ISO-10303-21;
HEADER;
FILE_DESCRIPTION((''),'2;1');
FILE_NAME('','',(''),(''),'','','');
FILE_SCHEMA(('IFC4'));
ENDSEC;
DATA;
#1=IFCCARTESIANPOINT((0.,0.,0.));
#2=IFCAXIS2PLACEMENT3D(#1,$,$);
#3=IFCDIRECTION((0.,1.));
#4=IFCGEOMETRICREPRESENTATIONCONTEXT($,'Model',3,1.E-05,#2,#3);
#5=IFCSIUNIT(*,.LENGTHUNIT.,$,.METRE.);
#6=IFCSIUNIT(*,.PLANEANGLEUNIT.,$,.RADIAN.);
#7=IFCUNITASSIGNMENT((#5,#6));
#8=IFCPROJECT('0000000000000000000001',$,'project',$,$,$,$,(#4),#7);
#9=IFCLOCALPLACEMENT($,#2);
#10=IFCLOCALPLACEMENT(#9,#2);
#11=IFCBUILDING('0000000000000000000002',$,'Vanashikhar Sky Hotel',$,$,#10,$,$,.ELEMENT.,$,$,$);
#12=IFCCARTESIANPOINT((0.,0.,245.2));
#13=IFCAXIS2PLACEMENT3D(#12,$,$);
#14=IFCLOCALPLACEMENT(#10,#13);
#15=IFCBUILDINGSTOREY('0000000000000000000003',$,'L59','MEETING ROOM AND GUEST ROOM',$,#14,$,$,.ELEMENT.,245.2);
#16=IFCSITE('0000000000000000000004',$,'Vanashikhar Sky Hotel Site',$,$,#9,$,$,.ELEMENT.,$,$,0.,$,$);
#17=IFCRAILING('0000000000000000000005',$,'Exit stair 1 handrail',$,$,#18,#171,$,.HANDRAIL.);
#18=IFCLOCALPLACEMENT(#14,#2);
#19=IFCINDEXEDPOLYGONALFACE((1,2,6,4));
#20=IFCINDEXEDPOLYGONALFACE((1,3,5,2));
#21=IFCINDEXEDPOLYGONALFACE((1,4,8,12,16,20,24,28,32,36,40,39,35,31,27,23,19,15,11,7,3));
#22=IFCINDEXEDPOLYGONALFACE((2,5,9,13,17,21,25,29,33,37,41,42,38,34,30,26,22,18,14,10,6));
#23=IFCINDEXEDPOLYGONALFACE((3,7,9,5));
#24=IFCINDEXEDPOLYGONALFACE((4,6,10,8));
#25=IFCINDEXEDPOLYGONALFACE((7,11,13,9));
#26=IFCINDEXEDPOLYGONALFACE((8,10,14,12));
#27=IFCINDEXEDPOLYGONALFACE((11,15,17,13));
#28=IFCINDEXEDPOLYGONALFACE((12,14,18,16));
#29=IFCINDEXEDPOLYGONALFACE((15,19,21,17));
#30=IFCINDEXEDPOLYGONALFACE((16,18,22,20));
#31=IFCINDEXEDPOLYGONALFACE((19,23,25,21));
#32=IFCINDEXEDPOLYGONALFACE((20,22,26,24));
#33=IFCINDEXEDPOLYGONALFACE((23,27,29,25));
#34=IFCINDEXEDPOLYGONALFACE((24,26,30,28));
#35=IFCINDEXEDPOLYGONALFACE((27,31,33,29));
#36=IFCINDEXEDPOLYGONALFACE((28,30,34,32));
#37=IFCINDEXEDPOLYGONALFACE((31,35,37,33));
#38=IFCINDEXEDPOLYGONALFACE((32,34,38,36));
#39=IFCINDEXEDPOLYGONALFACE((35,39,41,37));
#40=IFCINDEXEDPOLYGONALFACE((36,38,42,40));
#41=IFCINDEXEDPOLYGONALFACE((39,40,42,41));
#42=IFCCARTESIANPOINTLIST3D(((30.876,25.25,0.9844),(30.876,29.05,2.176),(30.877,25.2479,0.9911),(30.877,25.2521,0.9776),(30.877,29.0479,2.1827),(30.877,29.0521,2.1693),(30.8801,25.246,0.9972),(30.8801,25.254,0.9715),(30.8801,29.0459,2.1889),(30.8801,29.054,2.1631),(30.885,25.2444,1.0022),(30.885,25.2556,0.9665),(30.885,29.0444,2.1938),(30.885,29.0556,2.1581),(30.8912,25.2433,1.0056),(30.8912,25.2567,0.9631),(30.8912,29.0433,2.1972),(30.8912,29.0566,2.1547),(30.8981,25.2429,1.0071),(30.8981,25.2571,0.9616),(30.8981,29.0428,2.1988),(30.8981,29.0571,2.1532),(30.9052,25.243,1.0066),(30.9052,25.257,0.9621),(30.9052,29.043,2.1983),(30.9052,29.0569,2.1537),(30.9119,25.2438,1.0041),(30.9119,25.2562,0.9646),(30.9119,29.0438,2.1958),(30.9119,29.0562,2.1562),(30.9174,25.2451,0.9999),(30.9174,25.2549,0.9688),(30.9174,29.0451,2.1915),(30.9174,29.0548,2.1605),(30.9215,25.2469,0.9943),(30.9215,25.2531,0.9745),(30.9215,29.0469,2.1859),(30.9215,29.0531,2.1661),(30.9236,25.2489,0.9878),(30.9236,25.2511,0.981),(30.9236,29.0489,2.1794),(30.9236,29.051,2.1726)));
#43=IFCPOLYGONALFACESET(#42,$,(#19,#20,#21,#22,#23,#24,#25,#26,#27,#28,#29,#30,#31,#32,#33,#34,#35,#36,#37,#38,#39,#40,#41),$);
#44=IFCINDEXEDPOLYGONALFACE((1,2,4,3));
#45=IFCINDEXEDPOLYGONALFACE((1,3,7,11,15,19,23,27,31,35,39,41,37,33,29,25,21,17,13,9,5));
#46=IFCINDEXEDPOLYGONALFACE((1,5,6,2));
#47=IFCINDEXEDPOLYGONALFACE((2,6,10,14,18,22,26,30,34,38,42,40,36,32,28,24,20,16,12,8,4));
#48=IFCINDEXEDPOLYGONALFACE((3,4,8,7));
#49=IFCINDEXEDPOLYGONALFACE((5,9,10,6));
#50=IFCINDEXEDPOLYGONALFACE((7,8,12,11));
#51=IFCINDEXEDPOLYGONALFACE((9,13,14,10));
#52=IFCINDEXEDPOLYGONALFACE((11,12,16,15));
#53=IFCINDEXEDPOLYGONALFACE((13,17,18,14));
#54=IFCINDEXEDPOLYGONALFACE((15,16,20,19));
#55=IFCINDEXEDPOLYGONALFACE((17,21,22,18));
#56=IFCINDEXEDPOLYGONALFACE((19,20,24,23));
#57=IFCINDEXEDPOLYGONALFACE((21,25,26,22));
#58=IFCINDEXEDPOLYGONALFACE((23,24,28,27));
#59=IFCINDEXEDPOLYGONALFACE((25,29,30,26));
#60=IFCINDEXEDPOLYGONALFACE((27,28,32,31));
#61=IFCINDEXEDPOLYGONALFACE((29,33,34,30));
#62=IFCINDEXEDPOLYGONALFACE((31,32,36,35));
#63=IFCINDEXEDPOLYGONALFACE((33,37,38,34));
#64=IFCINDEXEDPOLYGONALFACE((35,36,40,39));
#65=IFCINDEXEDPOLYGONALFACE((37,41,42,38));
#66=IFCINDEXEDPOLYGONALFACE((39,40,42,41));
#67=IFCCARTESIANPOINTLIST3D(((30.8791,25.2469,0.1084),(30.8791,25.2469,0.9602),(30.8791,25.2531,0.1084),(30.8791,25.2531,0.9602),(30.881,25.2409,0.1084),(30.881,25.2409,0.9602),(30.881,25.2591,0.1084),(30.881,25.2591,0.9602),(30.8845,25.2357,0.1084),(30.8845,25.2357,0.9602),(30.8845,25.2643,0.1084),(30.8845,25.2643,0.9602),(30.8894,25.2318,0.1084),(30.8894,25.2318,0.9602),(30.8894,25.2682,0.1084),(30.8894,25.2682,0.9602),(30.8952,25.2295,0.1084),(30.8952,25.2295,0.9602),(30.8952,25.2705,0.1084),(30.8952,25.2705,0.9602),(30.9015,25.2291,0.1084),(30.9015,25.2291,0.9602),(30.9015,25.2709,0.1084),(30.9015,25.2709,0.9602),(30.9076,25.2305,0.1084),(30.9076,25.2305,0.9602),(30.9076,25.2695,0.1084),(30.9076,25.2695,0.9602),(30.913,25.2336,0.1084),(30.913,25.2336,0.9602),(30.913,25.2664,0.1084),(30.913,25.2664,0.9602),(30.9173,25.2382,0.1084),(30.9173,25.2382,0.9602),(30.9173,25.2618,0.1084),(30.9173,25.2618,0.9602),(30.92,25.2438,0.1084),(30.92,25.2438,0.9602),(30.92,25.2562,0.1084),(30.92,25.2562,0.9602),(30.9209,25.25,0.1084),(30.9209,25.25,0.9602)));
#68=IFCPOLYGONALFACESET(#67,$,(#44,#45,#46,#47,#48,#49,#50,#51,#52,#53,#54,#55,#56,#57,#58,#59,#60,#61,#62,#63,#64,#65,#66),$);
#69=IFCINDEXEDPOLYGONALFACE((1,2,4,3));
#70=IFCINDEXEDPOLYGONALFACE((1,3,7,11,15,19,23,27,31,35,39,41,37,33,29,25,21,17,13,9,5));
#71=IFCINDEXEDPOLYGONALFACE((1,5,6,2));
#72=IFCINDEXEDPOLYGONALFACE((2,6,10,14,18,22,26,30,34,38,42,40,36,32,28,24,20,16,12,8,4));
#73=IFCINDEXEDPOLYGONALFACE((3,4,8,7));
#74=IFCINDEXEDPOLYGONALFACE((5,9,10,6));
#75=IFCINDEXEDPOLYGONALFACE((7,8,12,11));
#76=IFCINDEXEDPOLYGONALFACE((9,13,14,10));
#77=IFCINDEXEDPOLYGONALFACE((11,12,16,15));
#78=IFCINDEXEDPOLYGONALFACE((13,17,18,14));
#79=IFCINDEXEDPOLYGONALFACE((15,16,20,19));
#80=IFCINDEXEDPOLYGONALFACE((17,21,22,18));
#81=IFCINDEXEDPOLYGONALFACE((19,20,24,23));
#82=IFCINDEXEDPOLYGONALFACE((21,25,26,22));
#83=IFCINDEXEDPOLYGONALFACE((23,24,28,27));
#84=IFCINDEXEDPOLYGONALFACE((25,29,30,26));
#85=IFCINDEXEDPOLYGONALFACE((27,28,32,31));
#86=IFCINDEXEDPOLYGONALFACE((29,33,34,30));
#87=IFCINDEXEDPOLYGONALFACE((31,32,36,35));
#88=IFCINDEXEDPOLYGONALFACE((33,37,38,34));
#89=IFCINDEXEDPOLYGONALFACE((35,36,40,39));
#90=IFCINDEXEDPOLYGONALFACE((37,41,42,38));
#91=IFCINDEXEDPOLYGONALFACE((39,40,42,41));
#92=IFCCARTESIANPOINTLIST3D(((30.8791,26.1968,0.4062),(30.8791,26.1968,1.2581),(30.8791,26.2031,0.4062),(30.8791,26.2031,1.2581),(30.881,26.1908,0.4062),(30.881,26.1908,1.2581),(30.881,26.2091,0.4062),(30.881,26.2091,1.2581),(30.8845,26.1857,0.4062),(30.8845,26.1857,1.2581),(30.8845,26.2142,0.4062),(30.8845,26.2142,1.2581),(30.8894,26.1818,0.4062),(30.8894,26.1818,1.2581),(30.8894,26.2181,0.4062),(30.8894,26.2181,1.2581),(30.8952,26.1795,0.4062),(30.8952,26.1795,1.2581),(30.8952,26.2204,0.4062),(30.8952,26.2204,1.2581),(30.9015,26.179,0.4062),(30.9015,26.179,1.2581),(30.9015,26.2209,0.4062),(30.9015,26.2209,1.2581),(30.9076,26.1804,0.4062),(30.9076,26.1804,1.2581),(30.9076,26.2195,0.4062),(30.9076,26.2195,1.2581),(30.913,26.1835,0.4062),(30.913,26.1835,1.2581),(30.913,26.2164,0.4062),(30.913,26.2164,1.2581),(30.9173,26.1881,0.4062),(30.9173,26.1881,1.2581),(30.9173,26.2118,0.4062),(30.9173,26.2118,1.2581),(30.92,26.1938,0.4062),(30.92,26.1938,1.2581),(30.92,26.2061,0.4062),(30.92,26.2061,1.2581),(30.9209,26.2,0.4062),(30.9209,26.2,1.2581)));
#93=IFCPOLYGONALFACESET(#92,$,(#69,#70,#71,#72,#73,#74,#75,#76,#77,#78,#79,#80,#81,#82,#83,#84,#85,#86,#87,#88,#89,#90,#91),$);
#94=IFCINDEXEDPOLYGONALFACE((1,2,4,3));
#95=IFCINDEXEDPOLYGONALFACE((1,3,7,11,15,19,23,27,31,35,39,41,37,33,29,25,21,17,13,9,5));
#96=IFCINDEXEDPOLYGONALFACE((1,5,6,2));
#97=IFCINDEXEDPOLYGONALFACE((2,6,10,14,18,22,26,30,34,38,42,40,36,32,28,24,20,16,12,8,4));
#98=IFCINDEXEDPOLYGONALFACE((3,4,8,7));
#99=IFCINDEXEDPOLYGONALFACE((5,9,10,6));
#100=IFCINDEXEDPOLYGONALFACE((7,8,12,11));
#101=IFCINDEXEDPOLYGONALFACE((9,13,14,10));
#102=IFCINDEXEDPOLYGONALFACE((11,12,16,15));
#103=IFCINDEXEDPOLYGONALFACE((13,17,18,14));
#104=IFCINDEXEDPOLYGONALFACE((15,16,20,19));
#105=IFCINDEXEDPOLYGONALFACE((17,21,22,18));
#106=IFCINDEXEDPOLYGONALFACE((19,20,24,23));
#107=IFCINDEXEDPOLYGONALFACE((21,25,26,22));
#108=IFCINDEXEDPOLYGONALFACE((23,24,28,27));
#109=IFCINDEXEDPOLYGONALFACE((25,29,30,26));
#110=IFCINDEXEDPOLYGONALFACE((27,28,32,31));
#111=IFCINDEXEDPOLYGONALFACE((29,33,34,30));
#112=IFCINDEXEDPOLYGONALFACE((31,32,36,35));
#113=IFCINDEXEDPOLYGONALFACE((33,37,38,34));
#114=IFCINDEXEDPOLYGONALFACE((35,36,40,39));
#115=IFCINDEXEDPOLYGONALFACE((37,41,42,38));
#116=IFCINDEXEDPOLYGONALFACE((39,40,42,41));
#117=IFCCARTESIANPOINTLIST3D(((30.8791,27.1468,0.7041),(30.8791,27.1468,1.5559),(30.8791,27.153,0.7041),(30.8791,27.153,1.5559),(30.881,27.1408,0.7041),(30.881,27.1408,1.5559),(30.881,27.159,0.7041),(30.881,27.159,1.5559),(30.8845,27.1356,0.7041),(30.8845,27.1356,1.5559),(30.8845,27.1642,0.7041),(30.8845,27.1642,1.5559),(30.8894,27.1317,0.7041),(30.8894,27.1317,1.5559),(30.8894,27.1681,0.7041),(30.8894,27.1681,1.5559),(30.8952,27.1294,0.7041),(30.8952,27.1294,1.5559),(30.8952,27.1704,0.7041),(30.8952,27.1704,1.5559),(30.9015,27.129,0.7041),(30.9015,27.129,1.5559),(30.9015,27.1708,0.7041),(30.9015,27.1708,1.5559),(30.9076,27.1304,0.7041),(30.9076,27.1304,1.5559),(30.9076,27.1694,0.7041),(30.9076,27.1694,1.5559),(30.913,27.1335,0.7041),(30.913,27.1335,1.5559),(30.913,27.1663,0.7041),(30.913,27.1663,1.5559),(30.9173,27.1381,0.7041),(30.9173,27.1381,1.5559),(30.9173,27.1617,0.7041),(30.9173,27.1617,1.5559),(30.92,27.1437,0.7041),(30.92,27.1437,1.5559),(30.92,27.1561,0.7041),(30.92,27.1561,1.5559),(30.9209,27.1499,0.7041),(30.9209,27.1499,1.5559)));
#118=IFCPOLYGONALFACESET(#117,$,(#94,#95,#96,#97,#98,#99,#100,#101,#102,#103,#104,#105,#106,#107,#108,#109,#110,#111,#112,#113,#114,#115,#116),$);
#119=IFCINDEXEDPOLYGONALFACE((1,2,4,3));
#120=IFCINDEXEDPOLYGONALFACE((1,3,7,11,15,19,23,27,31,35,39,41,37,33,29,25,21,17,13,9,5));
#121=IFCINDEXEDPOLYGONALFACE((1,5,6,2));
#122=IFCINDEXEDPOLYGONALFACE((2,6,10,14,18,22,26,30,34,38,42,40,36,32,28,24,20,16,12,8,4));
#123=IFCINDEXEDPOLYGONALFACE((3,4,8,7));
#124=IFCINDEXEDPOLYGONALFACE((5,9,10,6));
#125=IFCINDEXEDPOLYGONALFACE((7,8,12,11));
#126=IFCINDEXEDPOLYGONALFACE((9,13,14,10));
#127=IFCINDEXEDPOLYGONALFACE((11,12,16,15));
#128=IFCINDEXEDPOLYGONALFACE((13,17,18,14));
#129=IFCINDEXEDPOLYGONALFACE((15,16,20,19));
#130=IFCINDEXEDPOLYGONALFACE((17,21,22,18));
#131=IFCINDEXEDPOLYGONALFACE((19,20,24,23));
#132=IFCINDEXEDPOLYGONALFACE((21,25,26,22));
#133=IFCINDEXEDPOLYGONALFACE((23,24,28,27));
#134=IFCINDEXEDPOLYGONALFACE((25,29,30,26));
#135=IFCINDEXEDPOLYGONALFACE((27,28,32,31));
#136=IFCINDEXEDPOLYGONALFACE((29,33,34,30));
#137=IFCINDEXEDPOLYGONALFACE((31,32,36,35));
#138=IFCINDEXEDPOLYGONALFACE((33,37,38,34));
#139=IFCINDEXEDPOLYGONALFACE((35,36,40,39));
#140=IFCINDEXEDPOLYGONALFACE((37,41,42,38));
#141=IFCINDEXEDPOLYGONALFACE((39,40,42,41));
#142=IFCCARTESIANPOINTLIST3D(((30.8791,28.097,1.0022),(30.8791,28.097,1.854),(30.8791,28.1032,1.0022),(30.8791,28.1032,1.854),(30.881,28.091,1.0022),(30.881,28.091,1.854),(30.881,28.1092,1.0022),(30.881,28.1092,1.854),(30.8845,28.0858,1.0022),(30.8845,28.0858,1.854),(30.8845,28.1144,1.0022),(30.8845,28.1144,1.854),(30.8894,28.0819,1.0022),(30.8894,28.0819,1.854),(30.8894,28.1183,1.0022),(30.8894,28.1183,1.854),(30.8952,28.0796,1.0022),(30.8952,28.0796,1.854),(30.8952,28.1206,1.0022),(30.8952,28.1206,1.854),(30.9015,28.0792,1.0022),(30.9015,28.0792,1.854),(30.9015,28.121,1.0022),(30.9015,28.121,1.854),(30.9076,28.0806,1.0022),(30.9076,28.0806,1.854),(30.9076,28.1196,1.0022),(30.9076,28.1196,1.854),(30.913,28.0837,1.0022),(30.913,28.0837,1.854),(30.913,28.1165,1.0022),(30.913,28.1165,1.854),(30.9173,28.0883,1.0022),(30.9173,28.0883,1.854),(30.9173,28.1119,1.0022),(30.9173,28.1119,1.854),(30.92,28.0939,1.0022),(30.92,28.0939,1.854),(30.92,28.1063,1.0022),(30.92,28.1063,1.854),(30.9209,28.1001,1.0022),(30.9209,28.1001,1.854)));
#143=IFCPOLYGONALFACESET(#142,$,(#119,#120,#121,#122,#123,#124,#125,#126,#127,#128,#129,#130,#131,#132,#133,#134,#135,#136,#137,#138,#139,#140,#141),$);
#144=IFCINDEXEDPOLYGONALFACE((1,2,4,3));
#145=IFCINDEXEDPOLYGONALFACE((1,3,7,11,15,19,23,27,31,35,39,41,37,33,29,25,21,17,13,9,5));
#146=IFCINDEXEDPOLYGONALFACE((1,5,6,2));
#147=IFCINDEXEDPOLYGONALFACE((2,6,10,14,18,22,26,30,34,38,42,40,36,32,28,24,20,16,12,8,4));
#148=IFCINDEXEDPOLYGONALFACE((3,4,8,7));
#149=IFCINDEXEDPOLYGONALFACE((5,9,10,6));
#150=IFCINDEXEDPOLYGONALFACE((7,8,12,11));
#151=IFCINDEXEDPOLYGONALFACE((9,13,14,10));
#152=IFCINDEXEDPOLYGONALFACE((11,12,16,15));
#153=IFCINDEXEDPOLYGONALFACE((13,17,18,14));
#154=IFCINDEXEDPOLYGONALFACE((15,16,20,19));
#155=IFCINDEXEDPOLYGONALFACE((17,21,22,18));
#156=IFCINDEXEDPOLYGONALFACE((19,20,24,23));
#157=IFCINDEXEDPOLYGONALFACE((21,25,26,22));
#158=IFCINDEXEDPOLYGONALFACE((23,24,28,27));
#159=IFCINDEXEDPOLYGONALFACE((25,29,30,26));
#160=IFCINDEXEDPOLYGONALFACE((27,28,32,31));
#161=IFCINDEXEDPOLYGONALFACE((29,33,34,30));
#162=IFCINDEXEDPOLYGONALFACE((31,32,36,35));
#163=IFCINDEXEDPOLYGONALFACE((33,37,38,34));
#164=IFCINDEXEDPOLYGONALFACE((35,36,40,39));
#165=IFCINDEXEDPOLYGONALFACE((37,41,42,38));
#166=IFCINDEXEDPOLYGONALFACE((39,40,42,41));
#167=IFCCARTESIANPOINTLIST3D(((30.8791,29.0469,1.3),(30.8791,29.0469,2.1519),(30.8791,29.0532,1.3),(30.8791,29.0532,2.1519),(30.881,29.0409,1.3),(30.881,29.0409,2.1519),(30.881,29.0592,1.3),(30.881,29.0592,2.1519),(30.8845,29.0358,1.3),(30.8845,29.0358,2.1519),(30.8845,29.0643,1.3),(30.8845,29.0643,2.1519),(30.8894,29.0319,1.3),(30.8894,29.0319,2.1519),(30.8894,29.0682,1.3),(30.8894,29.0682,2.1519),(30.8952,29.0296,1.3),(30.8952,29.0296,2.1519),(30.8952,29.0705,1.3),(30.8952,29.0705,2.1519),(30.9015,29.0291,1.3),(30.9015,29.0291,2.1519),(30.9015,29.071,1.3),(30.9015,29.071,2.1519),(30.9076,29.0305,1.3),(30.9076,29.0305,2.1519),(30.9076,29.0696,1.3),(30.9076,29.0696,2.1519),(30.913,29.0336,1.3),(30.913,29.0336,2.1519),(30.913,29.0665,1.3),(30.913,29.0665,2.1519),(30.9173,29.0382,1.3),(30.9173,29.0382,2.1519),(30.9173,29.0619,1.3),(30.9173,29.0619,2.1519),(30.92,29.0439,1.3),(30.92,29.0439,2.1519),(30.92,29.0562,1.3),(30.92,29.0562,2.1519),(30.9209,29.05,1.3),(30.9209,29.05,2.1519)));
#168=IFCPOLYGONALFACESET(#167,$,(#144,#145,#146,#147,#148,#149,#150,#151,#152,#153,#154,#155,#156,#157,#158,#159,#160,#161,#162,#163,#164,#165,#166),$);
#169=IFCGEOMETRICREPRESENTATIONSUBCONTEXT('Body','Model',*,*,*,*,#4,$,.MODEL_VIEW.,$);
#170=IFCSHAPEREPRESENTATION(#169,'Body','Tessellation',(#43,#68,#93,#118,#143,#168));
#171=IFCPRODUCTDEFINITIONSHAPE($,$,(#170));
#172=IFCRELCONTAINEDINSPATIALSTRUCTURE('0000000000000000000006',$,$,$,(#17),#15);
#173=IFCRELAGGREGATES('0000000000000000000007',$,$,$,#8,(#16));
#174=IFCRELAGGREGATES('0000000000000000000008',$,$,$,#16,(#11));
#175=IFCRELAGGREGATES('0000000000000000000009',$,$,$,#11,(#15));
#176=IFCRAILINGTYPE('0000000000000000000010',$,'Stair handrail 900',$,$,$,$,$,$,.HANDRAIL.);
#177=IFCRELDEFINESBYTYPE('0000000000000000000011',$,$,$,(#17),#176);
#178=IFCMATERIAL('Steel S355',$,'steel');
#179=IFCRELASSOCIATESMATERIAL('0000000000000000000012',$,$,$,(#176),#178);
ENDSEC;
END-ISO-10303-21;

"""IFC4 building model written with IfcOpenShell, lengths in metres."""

from ifc_helpers import new_model, si_unit, direction, frame, origin, origin_2d, place, context, subcontext, project, spatial, circle, extrude, source, transform, mapped, material, type_object, element, save


model = new_model("IFC4")

# Units and contexts
model_context = context("Model", 3, precision=1e-05, world=origin(), true_north=direction((0.0, 1.0)))
body_context = subcontext(model_context, "Body", "Model", "MODEL_VIEW")
ifc_project = project(units=[si_unit("LENGTHUNIT", "METRE"), si_unit("PLANEANGLEUNIT", "RADIAN")], contexts=[model_context])

# Site, building, storey
site_placement = place(None, origin())
site = spatial("IfcSite", under=ifc_project, at=site_placement, Name="Vanashikhar Sky Hotel Site", CompositionType="ELEMENT", RefElevation=0.0)
building_placement = place(site_placement, origin())
building = spatial("IfcBuilding", under=site, at=building_placement, Name="Vanashikhar Sky Hotel", CompositionType="ELEMENT")
storey_placement = place(building_placement, frame((0.0, 0.0, 245.2)))
storey = spatial("IfcBuildingStorey", under=building, at=storey_placement, Name="L59", Description="MEETING ROOM AND GUEST ROOM", CompositionType="ELEMENT", Elevation=245.2)

# Railing
ifc_material_1 = material(Name="Steel S355", Category="steel")
railing_type_1 = type_object("IfcRailingType", Name="Stair handrail 900", PredefinedType="HANDRAIL", material=ifc_material_1)
shared_shape_1 = source(origin(), body_context, "Body", "SweptSolid", [
    extrude(circle(Radius=0.0239, at=origin_2d()), frame((0.0, 0.0, 0.876), z_axis=(0.0, 0.954184, 0.299221), x_axis=(-1.0, 0.0, 0.0)), (0.0, 0.0, 1.0), 3.9824),
    extrude(circle(Radius=0.021, at=origin_2d()), origin(), (0.0, 0.0, 1.0), 0.8518),
    extrude(circle(Radius=0.021, at=origin_2d()), frame((0.0, 0.95, 0.2979)), (0.0, 0.0, 1.0), 0.8518),
    extrude(circle(Radius=0.021, at=origin_2d()), frame((0.0, 1.8999, 0.5957)), (0.0, 0.0, 1.0), 0.8518),
    extrude(circle(Radius=0.021, at=origin_2d()), frame((0.0, 2.8501, 0.8938)), (0.0, 0.0, 1.0), 0.8518),
    extrude(circle(Radius=0.021, at=origin_2d()), frame((0.0, 3.8, 1.1917)), (0.0, 0.0, 1.0), 0.8518),
])
for number, where, name in (
    (1, (30.8999, 25.25, 0.1084), "Exit stair 1 handrail"),
):
    element("IfcRailing", number, at=place(storey_placement, frame(where)), inside=storey, type_object=railing_type_1, Name=name, PredefinedType="HANDRAIL", context=body_context, shape_type="MappedRepresentation", body=[
        mapped(shared_shape_1, transform((0.0, 0.0, 0.0), scale=1.0)),
    ])

save(model, "model.ifc")
